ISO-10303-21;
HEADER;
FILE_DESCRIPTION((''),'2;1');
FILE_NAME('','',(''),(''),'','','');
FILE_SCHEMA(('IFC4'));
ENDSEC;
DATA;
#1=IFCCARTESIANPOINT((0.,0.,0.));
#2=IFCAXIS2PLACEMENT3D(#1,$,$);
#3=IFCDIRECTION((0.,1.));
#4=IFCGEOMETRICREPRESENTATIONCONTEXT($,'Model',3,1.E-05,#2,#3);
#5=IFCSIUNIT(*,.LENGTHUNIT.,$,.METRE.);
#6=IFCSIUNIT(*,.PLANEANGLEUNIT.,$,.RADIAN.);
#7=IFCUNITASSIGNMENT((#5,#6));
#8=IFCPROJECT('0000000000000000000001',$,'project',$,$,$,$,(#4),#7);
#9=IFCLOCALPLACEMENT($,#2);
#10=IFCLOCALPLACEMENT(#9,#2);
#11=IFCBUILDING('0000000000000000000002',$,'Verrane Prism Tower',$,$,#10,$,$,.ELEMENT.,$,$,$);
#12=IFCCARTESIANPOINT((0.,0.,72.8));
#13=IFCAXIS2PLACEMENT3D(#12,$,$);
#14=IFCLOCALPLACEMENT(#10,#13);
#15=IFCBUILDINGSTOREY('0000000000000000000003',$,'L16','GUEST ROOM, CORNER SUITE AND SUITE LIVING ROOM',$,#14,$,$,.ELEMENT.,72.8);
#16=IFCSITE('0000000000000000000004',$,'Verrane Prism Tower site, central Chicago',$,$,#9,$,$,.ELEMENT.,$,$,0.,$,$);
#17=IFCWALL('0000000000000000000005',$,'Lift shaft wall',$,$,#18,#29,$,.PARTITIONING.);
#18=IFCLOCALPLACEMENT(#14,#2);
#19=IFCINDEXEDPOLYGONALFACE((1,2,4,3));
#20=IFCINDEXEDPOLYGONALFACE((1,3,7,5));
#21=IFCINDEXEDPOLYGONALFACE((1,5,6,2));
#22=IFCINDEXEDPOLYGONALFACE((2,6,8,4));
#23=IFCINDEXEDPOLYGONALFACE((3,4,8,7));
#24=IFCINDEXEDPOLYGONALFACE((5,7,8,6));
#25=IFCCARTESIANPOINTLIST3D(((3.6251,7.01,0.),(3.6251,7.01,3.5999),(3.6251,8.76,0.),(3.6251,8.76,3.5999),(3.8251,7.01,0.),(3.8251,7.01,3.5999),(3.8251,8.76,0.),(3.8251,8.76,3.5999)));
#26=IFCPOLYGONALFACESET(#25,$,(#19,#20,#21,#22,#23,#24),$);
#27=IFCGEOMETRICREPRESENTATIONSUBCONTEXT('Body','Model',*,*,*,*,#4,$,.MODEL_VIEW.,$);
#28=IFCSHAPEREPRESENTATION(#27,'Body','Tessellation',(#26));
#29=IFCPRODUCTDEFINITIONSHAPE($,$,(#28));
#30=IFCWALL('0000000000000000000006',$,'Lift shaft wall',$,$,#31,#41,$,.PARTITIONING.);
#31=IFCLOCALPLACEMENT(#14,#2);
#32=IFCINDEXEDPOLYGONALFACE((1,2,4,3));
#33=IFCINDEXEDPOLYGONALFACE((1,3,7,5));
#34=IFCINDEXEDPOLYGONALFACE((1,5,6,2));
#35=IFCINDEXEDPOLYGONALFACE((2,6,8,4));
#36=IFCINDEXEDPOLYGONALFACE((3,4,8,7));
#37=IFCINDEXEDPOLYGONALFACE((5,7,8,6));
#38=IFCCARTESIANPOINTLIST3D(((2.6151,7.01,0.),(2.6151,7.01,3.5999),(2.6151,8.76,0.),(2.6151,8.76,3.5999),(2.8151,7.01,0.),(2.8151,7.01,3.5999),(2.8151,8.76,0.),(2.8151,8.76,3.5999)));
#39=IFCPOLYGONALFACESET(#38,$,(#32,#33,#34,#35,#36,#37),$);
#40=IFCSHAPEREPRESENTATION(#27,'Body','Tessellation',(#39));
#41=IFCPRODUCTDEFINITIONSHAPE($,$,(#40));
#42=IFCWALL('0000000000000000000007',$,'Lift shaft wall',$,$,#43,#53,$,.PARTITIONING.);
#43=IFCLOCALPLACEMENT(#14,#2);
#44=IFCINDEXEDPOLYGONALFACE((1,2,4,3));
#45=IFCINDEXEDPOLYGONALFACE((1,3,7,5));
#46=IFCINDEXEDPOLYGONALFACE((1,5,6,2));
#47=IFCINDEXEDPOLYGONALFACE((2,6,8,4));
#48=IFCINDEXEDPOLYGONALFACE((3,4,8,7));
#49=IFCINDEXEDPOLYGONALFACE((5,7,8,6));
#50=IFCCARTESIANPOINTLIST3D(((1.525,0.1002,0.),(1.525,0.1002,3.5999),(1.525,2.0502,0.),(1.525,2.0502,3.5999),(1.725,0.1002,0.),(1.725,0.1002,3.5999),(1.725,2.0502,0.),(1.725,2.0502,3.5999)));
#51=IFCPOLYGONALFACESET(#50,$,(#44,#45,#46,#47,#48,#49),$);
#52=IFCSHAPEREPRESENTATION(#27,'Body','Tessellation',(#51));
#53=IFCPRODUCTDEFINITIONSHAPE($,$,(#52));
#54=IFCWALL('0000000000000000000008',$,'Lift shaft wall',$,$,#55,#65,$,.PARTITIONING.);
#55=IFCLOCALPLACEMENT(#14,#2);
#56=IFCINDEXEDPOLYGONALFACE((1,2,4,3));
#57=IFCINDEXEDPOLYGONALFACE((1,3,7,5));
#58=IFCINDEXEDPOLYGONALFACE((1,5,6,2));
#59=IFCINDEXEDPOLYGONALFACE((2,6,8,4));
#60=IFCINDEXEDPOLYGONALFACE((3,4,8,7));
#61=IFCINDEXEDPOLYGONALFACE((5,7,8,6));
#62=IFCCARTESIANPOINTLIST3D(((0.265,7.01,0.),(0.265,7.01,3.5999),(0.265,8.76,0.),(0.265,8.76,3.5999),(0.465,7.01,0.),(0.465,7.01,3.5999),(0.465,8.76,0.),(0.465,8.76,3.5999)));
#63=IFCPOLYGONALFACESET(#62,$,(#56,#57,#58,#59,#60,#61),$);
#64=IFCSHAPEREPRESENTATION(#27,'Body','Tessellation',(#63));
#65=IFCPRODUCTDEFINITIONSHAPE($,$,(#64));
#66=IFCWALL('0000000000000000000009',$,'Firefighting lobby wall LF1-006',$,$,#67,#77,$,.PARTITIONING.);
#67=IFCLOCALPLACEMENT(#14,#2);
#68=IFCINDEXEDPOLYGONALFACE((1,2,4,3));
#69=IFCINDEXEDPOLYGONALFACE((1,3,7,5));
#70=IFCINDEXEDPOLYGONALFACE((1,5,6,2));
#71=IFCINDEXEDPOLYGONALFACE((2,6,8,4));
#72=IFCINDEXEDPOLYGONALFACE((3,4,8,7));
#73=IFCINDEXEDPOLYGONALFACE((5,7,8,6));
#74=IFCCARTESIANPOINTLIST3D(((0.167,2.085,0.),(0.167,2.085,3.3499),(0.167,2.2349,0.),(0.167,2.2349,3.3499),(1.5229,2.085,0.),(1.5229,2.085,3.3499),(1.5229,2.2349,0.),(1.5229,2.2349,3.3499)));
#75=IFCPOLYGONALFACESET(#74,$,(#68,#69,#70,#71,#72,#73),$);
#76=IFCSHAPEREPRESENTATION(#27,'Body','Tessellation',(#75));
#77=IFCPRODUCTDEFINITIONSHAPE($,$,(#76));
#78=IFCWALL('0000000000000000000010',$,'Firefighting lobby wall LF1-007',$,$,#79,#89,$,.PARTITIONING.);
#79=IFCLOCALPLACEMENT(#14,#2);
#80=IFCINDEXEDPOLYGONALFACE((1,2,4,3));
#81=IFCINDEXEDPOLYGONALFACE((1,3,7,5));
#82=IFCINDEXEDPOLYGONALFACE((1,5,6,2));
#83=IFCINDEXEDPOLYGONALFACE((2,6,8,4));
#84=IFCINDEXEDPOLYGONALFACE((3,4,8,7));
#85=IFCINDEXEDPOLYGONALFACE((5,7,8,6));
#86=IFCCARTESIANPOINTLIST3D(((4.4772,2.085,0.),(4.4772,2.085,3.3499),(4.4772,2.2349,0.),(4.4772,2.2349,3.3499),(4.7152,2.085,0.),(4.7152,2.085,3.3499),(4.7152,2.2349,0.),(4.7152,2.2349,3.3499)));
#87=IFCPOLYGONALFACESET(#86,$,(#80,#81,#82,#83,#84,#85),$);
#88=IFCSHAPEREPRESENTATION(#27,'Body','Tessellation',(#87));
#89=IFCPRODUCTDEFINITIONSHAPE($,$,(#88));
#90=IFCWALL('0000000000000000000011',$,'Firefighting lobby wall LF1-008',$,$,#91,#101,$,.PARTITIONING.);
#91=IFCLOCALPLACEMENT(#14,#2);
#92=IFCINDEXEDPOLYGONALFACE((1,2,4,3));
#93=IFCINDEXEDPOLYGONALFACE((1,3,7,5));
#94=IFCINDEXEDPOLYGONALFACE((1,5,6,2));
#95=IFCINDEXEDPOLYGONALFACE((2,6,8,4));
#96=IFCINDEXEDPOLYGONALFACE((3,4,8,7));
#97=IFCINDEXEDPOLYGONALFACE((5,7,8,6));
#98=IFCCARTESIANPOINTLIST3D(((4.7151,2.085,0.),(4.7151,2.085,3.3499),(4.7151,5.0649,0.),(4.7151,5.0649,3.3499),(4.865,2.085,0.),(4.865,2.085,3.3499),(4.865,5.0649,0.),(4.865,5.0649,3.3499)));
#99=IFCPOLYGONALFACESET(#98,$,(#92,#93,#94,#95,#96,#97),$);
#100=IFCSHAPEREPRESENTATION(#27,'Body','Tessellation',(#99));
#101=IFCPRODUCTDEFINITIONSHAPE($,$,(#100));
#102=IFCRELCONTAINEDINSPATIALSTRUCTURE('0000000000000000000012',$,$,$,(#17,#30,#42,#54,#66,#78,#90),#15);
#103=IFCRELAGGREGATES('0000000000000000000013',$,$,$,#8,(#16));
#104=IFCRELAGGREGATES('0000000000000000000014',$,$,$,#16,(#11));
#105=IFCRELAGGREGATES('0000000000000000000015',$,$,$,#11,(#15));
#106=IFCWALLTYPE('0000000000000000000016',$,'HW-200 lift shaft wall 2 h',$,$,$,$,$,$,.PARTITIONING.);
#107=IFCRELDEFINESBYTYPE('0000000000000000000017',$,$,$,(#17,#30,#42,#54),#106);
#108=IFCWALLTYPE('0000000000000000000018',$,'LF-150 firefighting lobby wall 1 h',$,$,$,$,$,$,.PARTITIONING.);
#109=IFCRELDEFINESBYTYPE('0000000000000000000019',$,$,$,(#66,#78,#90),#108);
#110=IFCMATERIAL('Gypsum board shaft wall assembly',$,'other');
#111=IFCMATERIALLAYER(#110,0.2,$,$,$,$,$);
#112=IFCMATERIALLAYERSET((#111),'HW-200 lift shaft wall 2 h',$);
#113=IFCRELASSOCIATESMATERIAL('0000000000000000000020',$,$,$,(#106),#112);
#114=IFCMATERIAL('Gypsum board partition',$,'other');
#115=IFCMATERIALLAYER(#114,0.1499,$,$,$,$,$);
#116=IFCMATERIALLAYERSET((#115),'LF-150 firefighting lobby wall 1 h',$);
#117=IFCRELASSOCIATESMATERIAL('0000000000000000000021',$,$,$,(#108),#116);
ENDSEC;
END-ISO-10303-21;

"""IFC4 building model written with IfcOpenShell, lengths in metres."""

from ifc_helpers import new_model, si_unit, direction, frame, frame_2d, origin, place, context, subcontext, project, spatial, rectangle, extrude, material, layer, layer_set, type_object, element, save


model = new_model("IFC4")

# Units and contexts
model_context = context("Model", 3, precision=1e-05, world=origin(), true_north=direction((0.0, 1.0)))
body_context = subcontext(model_context, "Body", "Model", "MODEL_VIEW")
ifc_project = project(units=[si_unit("LENGTHUNIT", "METRE"), si_unit("PLANEANGLEUNIT", "RADIAN")], contexts=[model_context])

# Site, building, storey
site_placement = place(None, origin())
site = spatial("IfcSite", under=ifc_project, at=site_placement, Name="Verrane Prism Tower site, central Chicago", CompositionType="ELEMENT", RefElevation=0.0)
building_placement = place(site_placement, origin())
building = spatial("IfcBuilding", under=site, at=building_placement, Name="Verrane Prism Tower", CompositionType="ELEMENT")
storey_placement = place(building_placement, frame((0.0, 0.0, 72.8)))
storey = spatial("IfcBuildingStorey", under=building, at=storey_placement, Name="L16", Description="GUEST ROOM, CORNER SUITE AND SUITE LIVING ROOM", CompositionType="ELEMENT", Elevation=72.8)

# Shared definitions
ifc_material_1 = material(Name="Gypsum board shaft wall assembly", Category="other")
ifc_layer_1 = layer(ifc_material_1, 0.2)
ifc_layer_set_1 = layer_set([ifc_layer_1], Name="HW-200 lift shaft wall 2 h")
wall_type_1 = type_object("IfcWallType", Name="HW-200 lift shaft wall 2 h", PredefinedType="PARTITIONING", material=ifc_layer_set_1)

# Walls
for number, where, z_axis, x_axis, name in (
    (1, (3.7251, 7.01, 0.0), (0.0, 0.0, 1.0), (0.0, 1.0, 0.0), "Lift shaft wall"),
    (2, (2.7151, 7.01, 0.0), (0.0, 0.0, 1.0), (0.0, 1.0, 0.0), "Lift shaft wall"),
):
    element("IfcWall", number, at=place(storey_placement, frame(where, z_axis=z_axis, x_axis=x_axis)), inside=storey, type_object=wall_type_1, Name=name, PredefinedType="PARTITIONING", context=body_context, shape_type="SweptSolid", body=[
        extrude(rectangle(XDim=1.75, YDim=0.2, at=frame_2d((0.875, 0.0))), origin(), (0.0, 0.0, 1.0), 3.5999),
    ])
wall_1_placement = place(storey_placement, frame((1.625, 0.1001, 0.0), z_axis=(0.0, 0.0, 1.0), x_axis=(0.0, 1.0, 0.0)))
element("IfcWall", 3, at=wall_1_placement, inside=storey, type_object=wall_type_1, Name="Lift shaft wall", PredefinedType="PARTITIONING", context=body_context, shape_type="SweptSolid", body=[
    extrude(rectangle(XDim=1.95, YDim=0.2, at=frame_2d((0.9751, 0.0))), origin(), (0.0, 0.0, 1.0), 3.5999),
])
wall_2_placement = place(storey_placement, frame((0.365, 7.01, 0.0), z_axis=(0.0, 0.0, 1.0), x_axis=(0.0, 1.0, 0.0)))
element("IfcWall", 4, at=wall_2_placement, inside=storey, type_object=wall_type_1, Name="Lift shaft wall", PredefinedType="PARTITIONING", context=body_context, shape_type="SweptSolid", body=[
    extrude(rectangle(XDim=1.75, YDim=0.2, at=frame_2d((0.875, 0.0))), origin(), (0.0, 0.0, 1.0), 3.5999),
])
ifc_material_2 = material(Name="Gypsum board partition", Category="other")
ifc_layer_2 = layer(ifc_material_2, 0.1499)
ifc_layer_set_2 = layer_set([ifc_layer_2], Name="LF-150 firefighting lobby wall 1 h")
wall_type_2 = type_object("IfcWallType", Name="LF-150 firefighting lobby wall 1 h", PredefinedType="PARTITIONING", material=ifc_layer_set_2)
wall_3_placement = place(storey_placement, frame((0.167, 2.1599, 0.0), z_axis=(0.0, 0.0, 1.0), x_axis=(1.0, 0.0, 0.0)))
element("IfcWall", 5, at=wall_3_placement, inside=storey, type_object=wall_type_2, Name="Firefighting lobby wall LF1-006", PredefinedType="PARTITIONING", context=body_context, shape_type="SweptSolid", body=[
    extrude(rectangle(XDim=1.356, YDim=0.1499, at=frame_2d((0.678, 0.0))), origin(), (0.0, 0.0, 1.0), 3.3499),
])
wall_4_placement = place(storey_placement, frame((4.4771, 2.1599, 0.0), z_axis=(0.0, 0.0, 1.0), x_axis=(1.0, 0.0, 0.0)))
element("IfcWall", 6, at=wall_4_placement, inside=storey, type_object=wall_type_2, Name="Firefighting lobby wall LF1-007", PredefinedType="PARTITIONING", context=body_context, shape_type="SweptSolid", body=[
    extrude(rectangle(XDim=0.238, YDim=0.1499, at=frame_2d((0.1191, 0.0))), origin(), (0.0, 0.0, 1.0), 3.3499),
])
wall_5_placement = place(storey_placement, frame((4.79, 2.085, 0.0), z_axis=(0.0, 0.0, 1.0), x_axis=(0.0, 1.0, 0.0)))
element("IfcWall", 7, at=wall_5_placement, inside=storey, type_object=wall_type_2, Name="Firefighting lobby wall LF1-008", PredefinedType="PARTITIONING", context=body_context, shape_type="SweptSolid", body=[
    extrude(rectangle(XDim=2.98, YDim=0.1499, at=frame_2d((1.49, 0.0))), origin(), (0.0, 0.0, 1.0), 3.3499),
])

save(model, "model.ifc")
